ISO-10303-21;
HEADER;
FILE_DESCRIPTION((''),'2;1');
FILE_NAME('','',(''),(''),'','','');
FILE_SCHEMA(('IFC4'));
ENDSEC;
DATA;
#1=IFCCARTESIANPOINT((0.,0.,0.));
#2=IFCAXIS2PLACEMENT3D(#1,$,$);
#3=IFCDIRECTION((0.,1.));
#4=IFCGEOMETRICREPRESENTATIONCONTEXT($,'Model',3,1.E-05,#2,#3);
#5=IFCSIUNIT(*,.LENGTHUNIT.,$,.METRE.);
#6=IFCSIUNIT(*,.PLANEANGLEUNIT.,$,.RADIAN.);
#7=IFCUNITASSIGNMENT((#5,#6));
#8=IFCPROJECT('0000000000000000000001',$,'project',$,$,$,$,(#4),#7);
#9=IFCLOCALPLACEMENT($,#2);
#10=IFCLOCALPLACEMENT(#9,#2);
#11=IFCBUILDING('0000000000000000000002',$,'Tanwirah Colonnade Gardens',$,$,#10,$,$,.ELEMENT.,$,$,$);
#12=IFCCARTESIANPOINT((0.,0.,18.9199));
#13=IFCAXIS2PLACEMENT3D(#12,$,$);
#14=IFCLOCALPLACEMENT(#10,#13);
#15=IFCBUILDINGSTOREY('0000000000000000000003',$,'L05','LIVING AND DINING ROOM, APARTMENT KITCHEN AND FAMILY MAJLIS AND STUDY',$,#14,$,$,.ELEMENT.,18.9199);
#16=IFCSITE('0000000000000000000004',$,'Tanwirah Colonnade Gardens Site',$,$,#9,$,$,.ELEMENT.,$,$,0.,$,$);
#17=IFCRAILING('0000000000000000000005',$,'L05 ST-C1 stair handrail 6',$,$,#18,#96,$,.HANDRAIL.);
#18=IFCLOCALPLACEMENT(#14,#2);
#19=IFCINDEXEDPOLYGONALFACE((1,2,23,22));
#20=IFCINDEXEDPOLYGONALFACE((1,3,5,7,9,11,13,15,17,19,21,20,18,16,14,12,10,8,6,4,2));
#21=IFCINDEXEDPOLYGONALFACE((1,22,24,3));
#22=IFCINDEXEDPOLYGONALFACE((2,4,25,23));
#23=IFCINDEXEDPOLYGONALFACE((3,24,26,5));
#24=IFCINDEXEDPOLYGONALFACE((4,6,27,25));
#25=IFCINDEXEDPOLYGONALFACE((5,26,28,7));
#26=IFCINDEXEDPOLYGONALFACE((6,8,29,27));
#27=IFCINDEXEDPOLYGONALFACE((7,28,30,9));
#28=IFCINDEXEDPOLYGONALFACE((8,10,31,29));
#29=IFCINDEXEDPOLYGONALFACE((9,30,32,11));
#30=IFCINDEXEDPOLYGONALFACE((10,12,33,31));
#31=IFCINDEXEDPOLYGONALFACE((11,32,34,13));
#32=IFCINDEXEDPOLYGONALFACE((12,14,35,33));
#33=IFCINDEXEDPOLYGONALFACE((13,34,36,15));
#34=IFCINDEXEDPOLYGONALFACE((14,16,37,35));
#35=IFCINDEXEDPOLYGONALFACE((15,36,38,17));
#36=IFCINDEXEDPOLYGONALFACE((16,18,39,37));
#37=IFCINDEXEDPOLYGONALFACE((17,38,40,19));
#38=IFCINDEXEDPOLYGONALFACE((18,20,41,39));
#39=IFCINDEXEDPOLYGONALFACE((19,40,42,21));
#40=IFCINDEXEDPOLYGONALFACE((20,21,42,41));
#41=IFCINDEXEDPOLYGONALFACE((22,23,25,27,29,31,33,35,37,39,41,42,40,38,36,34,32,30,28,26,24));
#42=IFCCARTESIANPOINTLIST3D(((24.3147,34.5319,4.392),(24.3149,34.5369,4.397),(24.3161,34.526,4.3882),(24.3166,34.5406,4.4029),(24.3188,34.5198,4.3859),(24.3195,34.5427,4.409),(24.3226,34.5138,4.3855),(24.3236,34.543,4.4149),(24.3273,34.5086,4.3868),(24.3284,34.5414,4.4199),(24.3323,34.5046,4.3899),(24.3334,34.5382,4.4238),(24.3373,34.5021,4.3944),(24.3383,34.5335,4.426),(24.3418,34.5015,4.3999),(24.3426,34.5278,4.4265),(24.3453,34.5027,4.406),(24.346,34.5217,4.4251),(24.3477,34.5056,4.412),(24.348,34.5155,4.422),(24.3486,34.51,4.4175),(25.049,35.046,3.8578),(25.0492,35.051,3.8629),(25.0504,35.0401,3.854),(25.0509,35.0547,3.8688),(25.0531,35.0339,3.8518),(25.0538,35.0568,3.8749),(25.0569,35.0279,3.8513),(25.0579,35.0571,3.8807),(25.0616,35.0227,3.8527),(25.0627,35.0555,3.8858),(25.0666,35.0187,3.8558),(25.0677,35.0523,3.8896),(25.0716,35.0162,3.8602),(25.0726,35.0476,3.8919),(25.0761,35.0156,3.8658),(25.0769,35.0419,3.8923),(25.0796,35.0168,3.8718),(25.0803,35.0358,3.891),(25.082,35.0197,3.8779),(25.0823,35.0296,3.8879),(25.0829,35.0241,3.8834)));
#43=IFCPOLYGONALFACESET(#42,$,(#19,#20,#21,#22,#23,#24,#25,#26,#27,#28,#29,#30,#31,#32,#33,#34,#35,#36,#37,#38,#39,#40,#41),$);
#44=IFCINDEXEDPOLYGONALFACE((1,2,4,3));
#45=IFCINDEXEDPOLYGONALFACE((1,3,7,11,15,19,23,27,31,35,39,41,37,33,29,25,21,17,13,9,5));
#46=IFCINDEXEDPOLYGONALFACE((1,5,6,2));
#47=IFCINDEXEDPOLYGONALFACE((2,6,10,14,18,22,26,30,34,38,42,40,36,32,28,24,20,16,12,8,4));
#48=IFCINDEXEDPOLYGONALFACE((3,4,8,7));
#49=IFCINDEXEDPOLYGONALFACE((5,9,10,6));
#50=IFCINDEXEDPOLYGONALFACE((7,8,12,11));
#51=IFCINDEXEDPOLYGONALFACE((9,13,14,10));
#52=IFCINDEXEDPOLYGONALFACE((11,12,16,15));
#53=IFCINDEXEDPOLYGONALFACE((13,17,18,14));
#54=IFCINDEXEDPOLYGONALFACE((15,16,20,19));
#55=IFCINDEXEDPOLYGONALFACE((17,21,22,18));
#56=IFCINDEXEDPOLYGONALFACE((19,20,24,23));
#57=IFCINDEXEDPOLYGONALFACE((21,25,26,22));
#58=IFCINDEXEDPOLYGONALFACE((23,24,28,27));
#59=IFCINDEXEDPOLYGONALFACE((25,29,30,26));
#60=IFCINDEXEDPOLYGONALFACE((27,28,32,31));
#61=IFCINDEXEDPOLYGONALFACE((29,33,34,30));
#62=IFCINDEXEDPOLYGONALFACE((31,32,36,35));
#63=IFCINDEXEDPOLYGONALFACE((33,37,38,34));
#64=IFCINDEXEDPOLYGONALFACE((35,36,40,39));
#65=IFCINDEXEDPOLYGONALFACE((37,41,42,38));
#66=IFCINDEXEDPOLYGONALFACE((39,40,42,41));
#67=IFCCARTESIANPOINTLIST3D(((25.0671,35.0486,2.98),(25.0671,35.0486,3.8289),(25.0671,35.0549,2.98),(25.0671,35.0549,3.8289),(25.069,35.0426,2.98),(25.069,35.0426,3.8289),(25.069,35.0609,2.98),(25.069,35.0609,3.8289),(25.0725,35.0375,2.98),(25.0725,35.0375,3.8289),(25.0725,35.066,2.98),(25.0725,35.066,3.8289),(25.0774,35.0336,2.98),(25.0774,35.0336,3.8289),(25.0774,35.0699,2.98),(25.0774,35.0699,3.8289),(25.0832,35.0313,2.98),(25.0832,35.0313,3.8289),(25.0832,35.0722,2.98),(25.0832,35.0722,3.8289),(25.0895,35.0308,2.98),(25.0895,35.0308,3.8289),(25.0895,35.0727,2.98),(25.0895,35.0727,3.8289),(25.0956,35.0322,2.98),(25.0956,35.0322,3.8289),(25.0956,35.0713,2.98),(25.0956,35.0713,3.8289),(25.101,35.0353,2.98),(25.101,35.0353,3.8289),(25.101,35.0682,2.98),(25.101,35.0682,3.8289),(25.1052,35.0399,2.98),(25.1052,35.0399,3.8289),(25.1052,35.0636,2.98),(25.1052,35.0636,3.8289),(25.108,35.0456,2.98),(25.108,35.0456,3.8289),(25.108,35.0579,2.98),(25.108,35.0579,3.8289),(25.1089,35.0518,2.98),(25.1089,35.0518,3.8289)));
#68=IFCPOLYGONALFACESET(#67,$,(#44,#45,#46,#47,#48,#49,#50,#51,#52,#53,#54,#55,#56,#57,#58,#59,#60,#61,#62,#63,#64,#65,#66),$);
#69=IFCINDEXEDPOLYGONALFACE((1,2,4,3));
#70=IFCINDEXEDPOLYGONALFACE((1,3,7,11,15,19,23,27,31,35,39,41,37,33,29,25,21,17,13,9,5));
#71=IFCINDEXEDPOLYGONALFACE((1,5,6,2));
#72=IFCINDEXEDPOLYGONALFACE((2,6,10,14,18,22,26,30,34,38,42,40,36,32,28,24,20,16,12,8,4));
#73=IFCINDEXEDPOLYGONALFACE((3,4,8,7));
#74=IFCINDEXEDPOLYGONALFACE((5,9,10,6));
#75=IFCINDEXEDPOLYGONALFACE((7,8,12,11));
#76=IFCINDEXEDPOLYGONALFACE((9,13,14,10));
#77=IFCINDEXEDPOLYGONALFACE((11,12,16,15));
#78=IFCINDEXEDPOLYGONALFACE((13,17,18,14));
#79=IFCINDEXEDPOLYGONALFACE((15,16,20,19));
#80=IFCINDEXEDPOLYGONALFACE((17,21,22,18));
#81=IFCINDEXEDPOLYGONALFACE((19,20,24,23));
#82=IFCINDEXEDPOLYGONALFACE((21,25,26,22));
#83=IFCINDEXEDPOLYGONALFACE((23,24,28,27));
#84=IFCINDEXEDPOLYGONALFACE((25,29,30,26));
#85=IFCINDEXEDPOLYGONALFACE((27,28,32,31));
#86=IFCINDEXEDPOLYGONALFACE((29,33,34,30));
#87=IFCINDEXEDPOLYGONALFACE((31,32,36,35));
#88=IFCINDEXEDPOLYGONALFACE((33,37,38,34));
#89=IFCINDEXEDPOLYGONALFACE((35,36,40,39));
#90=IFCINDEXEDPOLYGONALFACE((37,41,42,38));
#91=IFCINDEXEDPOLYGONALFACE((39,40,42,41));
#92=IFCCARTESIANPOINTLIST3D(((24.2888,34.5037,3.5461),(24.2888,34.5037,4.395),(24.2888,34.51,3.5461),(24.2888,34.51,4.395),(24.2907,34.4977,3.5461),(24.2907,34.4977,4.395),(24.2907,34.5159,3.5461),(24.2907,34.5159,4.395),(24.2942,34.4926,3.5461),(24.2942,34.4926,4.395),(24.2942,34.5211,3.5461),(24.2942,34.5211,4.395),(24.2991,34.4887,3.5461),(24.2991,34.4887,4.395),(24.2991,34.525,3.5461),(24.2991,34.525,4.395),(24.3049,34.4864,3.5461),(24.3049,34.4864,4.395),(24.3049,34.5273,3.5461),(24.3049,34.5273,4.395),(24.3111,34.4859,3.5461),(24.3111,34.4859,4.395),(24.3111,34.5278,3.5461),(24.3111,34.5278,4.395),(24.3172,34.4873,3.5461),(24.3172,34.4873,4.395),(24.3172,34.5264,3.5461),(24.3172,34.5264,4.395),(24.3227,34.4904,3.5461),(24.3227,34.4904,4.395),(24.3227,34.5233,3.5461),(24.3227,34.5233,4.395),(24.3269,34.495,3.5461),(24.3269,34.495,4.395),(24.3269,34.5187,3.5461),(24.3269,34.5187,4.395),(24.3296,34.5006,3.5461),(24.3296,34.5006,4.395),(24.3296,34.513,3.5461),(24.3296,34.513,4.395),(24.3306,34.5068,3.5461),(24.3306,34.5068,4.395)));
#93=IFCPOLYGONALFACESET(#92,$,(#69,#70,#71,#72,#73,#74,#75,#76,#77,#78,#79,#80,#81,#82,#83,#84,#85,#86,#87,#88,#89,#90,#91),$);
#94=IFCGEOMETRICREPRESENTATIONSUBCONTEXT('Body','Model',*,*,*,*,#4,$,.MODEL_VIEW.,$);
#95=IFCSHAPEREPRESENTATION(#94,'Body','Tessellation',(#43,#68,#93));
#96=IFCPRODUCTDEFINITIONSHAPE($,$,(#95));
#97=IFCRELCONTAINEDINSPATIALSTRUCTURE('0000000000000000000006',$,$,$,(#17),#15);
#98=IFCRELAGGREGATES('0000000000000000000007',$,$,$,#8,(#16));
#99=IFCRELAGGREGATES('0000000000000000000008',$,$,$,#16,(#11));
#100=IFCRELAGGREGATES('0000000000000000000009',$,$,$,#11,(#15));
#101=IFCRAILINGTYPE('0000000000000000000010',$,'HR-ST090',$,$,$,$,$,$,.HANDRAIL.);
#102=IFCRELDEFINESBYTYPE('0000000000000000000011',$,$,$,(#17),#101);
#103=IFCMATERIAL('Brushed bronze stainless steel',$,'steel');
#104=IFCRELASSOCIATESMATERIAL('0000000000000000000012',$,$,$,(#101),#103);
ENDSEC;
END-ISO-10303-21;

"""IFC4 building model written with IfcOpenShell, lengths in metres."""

from ifc_helpers import new_model, si_unit, direction, frame, origin, origin_2d, place, context, subcontext, project, spatial, circle, extrude, material, type_object, element, save


model = new_model("IFC4")

# Units and contexts
model_context = context("Model", 3, precision=1e-05, world=origin(), true_north=direction((0.0, 1.0)))
body_context = subcontext(model_context, "Body", "Model", "MODEL_VIEW")
ifc_project = project(units=[si_unit("LENGTHUNIT", "METRE"), si_unit("PLANEANGLEUNIT", "RADIAN")], contexts=[model_context])

# Site, building, storey
site_placement = place(None, origin())
site = spatial("IfcSite", under=ifc_project, at=site_placement, Name="Tanwirah Colonnade Gardens Site", CompositionType="ELEMENT", RefElevation=0.0)
building_placement = place(site_placement, origin())
building = spatial("IfcBuilding", under=site, at=building_placement, Name="Tanwirah Colonnade Gardens", CompositionType="ELEMENT")
storey_placement = place(building_placement, frame((0.0, 0.0, 18.9199)))
storey = spatial("IfcBuildingStorey", under=building, at=storey_placement, Name="L05", Description="LIVING AND DINING ROOM, APARTMENT KITCHEN AND FAMILY MAJLIS AND STUDY", CompositionType="ELEMENT", Elevation=18.9199)

# Railing
ifc_material_1 = material(Name="Brushed bronze stainless steel", Category="steel")
railing_type_1 = type_object("IfcRailingType", Name="HR-ST090", PredefinedType="HANDRAIL", material=ifc_material_1)
railing_1_placement = place(storey_placement, frame((25.0879, 35.0518, 2.98)))
element("IfcRailing", 1, at=railing_1_placement, inside=storey, type_object=railing_type_1, Name="L05 ST-C1 stair handrail 6", PredefinedType="HANDRAIL", context=body_context, shape_type="SweptSolid", body=[
    extrude(circle(Radius=0.0239, at=origin_2d()), frame((-0.022, -0.0154, 0.8918), z_axis=(-0.703718, -0.492691, 0.511895), x_axis=(0.573531, -0.819184, 0.0)), (0.0, 0.0, 1.0), 1.0435),
    extrude(circle(Radius=0.021, at=origin_2d()), origin(), (0.0, 0.0, 1.0), 0.8489),
    extrude(circle(Radius=0.021, at=origin_2d()), frame((-0.7783, -0.5449, 0.5662)), (0.0, 0.0, 1.0), 0.8489),
])

save(model, "model.ifc")
